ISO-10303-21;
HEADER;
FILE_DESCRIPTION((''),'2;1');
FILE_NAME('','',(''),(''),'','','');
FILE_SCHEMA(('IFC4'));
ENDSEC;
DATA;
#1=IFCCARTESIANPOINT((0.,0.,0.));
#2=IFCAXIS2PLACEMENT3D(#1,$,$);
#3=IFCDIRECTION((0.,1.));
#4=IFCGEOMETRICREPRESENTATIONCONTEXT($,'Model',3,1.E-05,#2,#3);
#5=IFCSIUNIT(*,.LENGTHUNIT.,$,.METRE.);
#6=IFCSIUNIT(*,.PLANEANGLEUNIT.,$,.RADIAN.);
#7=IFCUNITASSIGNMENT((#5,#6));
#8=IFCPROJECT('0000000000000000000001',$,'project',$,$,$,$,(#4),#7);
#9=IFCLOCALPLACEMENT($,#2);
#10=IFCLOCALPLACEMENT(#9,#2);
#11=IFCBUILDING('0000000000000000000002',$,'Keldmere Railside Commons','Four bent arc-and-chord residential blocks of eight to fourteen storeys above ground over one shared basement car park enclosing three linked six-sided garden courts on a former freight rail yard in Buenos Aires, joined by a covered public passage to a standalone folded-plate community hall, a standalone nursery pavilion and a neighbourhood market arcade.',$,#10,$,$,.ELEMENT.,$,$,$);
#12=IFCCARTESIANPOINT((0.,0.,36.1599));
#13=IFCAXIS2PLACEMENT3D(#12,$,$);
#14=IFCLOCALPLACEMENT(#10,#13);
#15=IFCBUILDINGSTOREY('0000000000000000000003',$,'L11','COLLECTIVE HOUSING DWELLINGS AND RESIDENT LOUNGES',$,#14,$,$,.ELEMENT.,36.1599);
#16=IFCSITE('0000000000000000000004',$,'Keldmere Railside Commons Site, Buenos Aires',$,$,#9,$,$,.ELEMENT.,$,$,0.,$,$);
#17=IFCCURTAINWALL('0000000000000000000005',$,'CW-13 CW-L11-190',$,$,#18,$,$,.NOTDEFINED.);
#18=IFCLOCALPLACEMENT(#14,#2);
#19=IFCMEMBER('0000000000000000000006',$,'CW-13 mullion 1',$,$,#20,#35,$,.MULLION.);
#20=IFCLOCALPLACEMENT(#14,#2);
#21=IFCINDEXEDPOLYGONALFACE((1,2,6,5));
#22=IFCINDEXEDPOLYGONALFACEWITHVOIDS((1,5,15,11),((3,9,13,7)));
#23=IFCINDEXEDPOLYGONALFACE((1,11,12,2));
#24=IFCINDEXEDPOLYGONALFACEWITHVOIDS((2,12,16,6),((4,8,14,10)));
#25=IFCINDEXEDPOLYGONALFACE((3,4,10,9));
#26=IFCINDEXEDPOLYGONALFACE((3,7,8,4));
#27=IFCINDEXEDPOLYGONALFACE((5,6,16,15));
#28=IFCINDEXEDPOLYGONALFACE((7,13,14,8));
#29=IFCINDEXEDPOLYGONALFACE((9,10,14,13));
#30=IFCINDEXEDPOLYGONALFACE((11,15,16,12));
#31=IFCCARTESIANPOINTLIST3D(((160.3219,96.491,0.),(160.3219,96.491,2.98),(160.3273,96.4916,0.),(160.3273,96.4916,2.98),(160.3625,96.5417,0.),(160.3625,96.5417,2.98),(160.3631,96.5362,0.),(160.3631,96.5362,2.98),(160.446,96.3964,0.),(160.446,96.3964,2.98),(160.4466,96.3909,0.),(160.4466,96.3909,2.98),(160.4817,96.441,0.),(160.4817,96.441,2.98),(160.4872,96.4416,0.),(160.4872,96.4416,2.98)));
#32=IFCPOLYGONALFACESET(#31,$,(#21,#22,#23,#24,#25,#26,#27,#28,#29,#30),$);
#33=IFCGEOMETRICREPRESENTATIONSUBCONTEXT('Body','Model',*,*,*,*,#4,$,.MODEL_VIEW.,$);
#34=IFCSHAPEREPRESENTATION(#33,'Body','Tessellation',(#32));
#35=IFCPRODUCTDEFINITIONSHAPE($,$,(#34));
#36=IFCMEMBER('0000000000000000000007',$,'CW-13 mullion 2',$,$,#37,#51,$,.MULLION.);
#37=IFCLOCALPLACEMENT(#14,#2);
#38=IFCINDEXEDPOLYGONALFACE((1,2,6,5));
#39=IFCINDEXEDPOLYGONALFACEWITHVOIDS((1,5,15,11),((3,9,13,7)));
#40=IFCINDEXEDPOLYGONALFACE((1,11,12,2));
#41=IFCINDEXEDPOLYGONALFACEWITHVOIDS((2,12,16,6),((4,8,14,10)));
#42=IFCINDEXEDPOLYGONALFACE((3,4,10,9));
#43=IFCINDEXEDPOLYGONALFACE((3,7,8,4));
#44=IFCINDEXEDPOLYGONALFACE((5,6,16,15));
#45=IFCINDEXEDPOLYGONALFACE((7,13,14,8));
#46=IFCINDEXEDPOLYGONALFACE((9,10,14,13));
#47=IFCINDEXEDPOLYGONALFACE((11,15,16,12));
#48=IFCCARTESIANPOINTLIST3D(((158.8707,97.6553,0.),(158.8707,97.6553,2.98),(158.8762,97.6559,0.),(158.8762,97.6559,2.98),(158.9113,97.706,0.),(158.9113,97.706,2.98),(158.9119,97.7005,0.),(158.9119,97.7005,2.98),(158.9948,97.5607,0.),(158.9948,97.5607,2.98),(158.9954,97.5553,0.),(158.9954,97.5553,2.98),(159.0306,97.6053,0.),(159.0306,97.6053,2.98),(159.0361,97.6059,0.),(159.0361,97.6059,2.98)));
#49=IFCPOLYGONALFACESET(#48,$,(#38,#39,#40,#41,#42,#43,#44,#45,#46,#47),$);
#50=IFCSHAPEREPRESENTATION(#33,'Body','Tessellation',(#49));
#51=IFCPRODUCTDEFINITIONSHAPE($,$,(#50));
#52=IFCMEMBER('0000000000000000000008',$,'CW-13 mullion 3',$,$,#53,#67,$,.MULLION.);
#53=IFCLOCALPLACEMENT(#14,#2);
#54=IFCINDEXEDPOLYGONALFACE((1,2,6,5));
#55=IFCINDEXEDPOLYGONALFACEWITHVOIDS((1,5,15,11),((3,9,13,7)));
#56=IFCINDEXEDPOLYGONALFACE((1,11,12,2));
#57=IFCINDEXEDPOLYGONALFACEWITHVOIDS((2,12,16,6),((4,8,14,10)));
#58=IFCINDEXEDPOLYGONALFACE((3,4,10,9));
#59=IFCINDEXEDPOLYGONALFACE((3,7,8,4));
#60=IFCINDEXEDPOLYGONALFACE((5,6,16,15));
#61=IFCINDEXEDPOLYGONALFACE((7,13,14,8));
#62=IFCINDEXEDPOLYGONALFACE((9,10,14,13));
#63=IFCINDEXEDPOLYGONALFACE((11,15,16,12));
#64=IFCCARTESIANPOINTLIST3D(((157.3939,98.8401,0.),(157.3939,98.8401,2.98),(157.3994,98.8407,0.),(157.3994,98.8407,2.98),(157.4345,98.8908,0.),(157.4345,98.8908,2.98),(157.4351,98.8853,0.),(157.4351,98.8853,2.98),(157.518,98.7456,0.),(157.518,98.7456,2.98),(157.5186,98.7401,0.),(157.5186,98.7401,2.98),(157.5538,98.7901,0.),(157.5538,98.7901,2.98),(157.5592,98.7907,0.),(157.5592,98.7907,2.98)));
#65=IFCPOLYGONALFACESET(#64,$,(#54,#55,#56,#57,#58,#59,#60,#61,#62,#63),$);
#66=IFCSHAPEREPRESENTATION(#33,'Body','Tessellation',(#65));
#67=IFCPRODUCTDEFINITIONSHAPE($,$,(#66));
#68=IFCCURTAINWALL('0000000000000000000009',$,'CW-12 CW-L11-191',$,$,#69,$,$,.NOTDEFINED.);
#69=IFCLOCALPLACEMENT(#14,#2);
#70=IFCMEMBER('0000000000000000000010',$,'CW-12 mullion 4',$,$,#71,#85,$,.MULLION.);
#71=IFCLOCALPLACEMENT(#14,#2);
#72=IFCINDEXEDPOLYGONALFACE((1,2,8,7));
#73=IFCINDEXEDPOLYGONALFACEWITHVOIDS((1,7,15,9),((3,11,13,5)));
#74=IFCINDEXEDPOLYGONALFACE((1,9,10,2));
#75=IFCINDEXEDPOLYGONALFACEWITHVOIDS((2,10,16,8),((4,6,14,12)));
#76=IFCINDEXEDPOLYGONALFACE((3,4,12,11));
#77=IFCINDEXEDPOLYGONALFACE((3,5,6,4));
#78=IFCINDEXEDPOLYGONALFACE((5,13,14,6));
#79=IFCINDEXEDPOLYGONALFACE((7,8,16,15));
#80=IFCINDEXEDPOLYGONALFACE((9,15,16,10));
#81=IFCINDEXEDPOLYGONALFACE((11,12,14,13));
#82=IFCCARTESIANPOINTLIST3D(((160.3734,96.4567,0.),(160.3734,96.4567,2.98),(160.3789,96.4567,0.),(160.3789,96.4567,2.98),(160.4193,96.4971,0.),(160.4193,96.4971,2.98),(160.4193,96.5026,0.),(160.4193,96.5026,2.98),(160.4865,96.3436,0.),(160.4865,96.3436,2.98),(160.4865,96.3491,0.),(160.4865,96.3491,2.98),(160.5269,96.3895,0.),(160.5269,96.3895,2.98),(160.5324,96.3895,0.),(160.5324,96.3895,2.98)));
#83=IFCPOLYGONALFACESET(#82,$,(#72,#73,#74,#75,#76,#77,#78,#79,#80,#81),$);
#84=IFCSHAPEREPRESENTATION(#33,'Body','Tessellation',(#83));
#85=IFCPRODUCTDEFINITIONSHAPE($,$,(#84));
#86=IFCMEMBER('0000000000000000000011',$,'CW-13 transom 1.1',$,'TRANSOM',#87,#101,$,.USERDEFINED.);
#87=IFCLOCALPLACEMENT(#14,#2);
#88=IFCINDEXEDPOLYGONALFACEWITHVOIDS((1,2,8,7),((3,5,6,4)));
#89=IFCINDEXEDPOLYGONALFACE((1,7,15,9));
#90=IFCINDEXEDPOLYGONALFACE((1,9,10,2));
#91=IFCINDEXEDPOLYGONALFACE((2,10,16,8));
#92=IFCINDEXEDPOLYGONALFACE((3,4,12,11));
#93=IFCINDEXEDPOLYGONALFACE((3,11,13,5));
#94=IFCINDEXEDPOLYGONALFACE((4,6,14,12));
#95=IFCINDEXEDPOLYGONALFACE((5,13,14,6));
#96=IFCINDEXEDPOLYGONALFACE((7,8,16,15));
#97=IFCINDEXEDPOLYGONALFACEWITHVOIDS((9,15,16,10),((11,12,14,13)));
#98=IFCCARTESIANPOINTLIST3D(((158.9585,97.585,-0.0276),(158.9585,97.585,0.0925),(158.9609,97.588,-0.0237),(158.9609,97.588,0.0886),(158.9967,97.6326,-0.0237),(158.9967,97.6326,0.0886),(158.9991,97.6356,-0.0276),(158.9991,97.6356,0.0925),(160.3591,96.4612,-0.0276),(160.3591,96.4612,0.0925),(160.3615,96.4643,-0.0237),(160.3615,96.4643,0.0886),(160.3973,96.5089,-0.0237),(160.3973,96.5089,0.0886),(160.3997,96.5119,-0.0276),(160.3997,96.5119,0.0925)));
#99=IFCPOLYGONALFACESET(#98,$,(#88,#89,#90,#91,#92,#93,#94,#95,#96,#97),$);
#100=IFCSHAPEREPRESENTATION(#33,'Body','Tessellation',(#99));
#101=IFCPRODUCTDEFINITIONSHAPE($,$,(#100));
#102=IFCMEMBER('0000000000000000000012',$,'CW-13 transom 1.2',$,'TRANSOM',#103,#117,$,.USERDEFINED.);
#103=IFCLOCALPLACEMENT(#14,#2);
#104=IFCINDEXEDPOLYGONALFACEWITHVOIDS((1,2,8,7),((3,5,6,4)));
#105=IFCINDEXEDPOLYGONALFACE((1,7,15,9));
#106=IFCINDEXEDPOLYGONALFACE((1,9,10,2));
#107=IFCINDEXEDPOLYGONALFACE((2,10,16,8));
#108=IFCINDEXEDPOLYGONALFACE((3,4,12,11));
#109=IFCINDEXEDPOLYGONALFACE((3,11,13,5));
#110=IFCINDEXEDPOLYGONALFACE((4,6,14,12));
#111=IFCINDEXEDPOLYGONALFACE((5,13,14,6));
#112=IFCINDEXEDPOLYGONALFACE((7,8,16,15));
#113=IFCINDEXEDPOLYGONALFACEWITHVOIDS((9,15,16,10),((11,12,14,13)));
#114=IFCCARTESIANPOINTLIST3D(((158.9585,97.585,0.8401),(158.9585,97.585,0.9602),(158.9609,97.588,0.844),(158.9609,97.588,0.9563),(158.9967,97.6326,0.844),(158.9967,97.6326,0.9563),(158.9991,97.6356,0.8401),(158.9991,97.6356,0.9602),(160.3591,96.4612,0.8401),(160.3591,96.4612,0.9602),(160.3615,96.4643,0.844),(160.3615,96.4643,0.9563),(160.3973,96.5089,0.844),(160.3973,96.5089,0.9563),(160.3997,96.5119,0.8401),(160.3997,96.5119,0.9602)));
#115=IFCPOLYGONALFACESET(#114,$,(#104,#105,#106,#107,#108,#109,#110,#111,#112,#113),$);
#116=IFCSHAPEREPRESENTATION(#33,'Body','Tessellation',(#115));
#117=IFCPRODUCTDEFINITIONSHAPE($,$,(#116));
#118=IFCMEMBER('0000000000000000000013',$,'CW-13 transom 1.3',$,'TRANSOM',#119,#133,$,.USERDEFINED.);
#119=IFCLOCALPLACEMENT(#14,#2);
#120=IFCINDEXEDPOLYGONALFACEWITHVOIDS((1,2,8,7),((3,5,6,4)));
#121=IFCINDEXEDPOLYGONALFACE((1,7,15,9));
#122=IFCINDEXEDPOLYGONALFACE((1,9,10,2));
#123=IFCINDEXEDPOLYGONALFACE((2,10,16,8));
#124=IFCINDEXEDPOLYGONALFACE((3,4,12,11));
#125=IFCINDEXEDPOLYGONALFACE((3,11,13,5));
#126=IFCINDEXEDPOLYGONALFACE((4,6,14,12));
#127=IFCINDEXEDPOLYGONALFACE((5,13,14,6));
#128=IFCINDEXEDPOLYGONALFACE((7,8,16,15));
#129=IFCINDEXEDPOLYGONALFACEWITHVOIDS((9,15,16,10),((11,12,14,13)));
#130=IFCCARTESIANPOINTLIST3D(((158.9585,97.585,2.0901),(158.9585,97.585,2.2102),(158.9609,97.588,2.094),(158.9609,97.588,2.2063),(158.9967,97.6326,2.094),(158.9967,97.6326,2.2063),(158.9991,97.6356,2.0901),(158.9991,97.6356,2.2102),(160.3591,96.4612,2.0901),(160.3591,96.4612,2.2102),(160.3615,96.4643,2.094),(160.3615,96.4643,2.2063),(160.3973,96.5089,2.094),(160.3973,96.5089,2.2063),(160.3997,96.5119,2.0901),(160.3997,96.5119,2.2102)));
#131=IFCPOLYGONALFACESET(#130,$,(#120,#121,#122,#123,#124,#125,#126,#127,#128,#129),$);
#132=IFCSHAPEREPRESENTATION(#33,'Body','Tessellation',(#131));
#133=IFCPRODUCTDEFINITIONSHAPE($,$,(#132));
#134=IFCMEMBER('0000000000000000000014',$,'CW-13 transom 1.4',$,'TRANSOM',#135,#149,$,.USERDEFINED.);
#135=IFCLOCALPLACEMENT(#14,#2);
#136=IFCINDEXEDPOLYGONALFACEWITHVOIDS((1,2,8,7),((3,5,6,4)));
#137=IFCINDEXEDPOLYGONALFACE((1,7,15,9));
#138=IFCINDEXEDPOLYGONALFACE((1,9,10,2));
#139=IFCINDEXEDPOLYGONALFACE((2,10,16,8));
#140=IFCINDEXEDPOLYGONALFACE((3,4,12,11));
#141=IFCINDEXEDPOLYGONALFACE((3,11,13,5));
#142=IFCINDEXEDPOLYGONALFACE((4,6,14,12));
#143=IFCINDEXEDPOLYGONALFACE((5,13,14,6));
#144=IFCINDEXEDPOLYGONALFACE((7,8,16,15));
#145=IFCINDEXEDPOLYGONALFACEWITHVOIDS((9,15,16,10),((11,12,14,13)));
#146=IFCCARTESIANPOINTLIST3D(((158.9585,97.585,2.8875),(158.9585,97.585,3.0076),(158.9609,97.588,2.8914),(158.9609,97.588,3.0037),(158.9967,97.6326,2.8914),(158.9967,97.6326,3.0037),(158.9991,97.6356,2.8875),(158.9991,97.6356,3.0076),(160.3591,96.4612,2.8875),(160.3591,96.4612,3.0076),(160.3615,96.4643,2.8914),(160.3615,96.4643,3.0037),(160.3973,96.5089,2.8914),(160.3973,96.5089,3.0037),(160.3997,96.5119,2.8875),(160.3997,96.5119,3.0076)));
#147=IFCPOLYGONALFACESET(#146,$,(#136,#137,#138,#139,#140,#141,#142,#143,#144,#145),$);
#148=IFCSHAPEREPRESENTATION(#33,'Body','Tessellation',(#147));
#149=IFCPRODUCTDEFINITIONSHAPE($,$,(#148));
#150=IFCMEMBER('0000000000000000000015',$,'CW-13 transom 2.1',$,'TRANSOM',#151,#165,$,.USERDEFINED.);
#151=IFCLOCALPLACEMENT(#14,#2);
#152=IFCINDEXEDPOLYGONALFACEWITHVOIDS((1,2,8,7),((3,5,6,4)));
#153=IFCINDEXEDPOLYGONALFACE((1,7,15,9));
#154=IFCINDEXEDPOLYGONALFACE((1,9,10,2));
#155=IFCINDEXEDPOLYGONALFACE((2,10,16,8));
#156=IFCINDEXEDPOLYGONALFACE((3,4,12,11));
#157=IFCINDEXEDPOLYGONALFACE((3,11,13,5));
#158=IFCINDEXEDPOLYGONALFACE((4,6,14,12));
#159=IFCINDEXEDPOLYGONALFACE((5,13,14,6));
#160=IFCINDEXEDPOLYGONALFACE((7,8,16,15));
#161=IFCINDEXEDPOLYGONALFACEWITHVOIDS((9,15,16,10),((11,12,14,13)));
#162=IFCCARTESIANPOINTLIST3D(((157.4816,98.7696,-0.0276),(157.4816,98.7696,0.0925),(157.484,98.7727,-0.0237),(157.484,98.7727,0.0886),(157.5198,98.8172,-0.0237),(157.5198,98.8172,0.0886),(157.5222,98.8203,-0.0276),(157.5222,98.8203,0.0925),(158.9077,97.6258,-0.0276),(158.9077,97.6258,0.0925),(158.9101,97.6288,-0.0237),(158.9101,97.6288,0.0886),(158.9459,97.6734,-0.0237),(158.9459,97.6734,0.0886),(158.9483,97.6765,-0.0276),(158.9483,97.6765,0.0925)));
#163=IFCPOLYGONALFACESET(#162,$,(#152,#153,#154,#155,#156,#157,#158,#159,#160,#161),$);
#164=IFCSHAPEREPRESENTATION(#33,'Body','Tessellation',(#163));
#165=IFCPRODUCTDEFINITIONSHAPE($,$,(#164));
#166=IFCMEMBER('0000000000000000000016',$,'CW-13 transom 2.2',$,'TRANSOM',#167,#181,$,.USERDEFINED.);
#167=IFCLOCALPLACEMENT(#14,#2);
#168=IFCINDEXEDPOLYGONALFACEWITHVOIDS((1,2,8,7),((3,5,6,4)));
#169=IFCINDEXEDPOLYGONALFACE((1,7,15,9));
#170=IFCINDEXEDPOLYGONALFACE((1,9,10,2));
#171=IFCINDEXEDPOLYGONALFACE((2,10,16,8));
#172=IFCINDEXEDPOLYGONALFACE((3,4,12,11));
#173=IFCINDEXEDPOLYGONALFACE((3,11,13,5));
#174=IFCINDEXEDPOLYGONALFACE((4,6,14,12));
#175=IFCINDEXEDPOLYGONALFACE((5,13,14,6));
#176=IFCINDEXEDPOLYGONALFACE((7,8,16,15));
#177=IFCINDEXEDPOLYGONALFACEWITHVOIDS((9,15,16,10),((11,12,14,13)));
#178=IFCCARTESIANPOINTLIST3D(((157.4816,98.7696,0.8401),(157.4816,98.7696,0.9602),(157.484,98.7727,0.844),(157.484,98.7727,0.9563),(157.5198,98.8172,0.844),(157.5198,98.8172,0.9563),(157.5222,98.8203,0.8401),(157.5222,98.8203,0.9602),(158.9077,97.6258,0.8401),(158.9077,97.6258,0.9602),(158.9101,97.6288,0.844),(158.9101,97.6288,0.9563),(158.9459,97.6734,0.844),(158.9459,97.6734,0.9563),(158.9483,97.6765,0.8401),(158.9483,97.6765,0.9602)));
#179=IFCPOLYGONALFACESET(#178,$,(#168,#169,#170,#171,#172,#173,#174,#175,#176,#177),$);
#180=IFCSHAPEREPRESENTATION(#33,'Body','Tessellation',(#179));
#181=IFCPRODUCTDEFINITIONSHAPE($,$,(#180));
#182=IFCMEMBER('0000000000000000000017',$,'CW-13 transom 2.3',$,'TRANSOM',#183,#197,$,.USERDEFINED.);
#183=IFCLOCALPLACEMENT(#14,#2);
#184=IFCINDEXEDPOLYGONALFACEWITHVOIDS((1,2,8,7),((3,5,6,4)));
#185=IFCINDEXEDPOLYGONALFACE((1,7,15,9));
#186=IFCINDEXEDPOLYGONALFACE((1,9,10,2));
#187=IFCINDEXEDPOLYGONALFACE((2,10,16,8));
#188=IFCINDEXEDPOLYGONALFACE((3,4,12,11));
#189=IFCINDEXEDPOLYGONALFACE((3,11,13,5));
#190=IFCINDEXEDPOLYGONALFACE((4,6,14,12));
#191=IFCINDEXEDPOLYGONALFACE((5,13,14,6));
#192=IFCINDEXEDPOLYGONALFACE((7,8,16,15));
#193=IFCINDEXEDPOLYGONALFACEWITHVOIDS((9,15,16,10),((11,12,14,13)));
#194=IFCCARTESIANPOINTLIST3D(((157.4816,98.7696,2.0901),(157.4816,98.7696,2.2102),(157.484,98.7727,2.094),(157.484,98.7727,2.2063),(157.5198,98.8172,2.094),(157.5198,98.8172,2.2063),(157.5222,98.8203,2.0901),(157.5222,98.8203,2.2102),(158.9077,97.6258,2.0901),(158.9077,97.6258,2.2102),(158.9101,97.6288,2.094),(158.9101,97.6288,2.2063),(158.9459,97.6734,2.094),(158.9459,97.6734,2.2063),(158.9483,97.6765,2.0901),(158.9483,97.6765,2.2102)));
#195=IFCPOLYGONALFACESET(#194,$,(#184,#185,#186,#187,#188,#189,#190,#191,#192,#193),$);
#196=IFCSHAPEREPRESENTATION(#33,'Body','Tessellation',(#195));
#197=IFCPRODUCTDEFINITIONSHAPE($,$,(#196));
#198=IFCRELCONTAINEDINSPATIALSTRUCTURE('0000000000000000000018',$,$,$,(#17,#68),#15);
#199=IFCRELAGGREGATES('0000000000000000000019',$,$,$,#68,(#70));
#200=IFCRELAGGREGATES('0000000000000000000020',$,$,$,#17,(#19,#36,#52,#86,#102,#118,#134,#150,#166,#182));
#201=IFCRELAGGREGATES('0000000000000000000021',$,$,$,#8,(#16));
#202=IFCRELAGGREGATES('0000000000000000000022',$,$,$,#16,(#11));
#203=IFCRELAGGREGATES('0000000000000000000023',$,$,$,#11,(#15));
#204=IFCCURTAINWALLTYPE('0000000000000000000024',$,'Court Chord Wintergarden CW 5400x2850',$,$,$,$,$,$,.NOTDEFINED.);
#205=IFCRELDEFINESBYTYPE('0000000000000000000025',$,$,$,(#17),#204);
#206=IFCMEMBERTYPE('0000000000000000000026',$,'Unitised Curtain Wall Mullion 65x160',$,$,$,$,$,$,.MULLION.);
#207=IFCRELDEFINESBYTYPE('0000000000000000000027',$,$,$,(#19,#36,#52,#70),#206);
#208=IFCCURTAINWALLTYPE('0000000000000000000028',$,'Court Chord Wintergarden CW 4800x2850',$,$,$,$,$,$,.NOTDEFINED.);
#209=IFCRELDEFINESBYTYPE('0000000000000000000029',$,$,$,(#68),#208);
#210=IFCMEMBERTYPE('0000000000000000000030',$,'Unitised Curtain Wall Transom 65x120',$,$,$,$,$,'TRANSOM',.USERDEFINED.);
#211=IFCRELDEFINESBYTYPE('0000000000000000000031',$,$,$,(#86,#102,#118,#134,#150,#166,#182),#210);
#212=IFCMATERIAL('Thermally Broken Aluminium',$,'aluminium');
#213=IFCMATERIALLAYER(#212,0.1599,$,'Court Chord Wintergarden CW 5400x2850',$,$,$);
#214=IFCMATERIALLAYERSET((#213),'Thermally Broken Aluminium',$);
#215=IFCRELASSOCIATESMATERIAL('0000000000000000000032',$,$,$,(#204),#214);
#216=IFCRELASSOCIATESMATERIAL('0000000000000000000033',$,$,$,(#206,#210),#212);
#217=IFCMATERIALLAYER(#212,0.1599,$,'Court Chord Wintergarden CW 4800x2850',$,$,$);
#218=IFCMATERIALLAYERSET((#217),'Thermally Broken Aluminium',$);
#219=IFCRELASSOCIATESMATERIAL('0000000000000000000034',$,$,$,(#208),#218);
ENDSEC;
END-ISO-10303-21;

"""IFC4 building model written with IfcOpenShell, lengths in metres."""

from ifc_helpers import new_model, si_unit, direction, frame, origin, origin_2d, place, context, subcontext, project, spatial, hollow_rectangle, extrude, material, layer, layer_set, material_profile, profile_set, type_object, element, aggregate, save


model = new_model("IFC4")

# Units and contexts
model_context = context("Model", 3, precision=1e-05, world=origin(), true_north=direction((0.0, 1.0)))
body_context = subcontext(model_context, "Body", "Model", "MODEL_VIEW")
ifc_project = project(units=[si_unit("LENGTHUNIT", "METRE"), si_unit("PLANEANGLEUNIT", "RADIAN")], contexts=[model_context])

# Site, building, storey
site_placement = place(None, origin())
site = spatial("IfcSite", under=ifc_project, at=site_placement, Name="Keldmere Railside Commons Site, Buenos Aires", CompositionType="ELEMENT", RefElevation=0.0)
building_placement = place(site_placement, origin())
building = spatial("IfcBuilding", under=site, at=building_placement, Name="Keldmere Railside Commons", Description="Four bent arc-and-chord residential blocks of eight to fourteen storeys above ground over one shared basement car park enclosing three linked six-sided garden courts on a former freight rail yard in Buenos Aires, joined by a covered public passage to a standalone folded-plate community hall, a standalone nursery pavilion and a neighbourhood market arcade.", CompositionType="ELEMENT")
storey_placement = place(building_placement, frame((0.0, 0.0, 36.1599)))
storey = spatial("IfcBuildingStorey", under=building, at=storey_placement, Name="L11", Description="COLLECTIVE HOUSING DWELLINGS AND RESIDENT LOUNGES", CompositionType="ELEMENT", Elevation=36.1599)

# Curtain wall, members
ifc_material_1 = material(Name="Thermally Broken Aluminium", Category="aluminium")
ifc_layer_1 = layer(ifc_material_1, 0.1599, Name="Court Chord Wintergarden CW 5400x2850")
ifc_layer_set_1 = layer_set([ifc_layer_1], Name="Thermally Broken Aluminium")
curtain_wall_type_1 = type_object("IfcCurtainWallType", Name="Court Chord Wintergarden CW 5400x2850", PredefinedType="NOTDEFINED", material=ifc_layer_set_1)
curtain_wall_1_placement = place(storey_placement, origin())
curtain_wall_1 = element("IfcCurtainWall", 1, at=curtain_wall_1_placement, inside=storey, type_object=curtain_wall_type_1, Name="CW-13 CW-L11-190", PredefinedType="NOTDEFINED")
ifc_material_profile_1 = material_profile(ifc_material_1, hollow_rectangle(XDim=0.0649, YDim=0.1599, WallThickness=0.0039, at=origin_2d()), Name="ALU-MULL-65x160")
ifc_profile_set_1 = profile_set([ifc_material_profile_1], Name="Thermally Broken Aluminium")
member_type_1 = type_object("IfcMemberType", Name="Unitised Curtain Wall Mullion 65x160", PredefinedType="MULLION", material=ifc_profile_set_1)
member_1_placement = place(storey_placement, frame((160.4045, 96.4663, 0.0), z_axis=(0.0, 0.0, 1.0), x_axis=(-0.625768, -0.780009, 0.0)))
member_1 = element("IfcMember", 2, at=member_1_placement, type_object=member_type_1, Name="CW-13 mullion 1", PredefinedType="MULLION", context=body_context, shape_type="SweptSolid", body=[
    extrude(hollow_rectangle(XDim=0.0649, YDim=0.1599, WallThickness=0.0039, at=origin_2d()), origin(), (0.0, 0.0, 1.0), 2.98),
])
member_2_placement = place(storey_placement, frame((158.9534, 97.6306, 0.0), z_axis=(0.0, 0.0, 1.0), x_axis=(-0.625768, -0.780009, 0.0)))
member_2 = element("IfcMember", 3, at=member_2_placement, type_object=member_type_1, Name="CW-13 mullion 2", PredefinedType="MULLION", context=body_context, shape_type="SweptSolid", body=[
    extrude(hollow_rectangle(XDim=0.0649, YDim=0.1599, WallThickness=0.0039, at=origin_2d()), origin(), (0.0, 0.0, 1.0), 2.98),
])
member_3_placement = place(storey_placement, frame((157.4766, 98.8154, 0.0), z_axis=(0.0, 0.0, 1.0), x_axis=(-0.625768, -0.780009, 0.0)))
member_3 = element("IfcMember", 4, at=member_3_placement, type_object=member_type_1, Name="CW-13 mullion 3", PredefinedType="MULLION", context=body_context, shape_type="SweptSolid", body=[
    extrude(hollow_rectangle(XDim=0.0649, YDim=0.1599, WallThickness=0.0039, at=origin_2d()), origin(), (0.0, 0.0, 1.0), 2.98),
])

# Curtain wall, member
ifc_layer_2 = layer(ifc_material_1, 0.1599, Name="Court Chord Wintergarden CW 4800x2850")
ifc_layer_set_2 = layer_set([ifc_layer_2], Name="Thermally Broken Aluminium")
curtain_wall_type_2 = type_object("IfcCurtainWallType", Name="Court Chord Wintergarden CW 4800x2850", PredefinedType="NOTDEFINED", material=ifc_layer_set_2)
curtain_wall_2_placement = place(storey_placement, origin())
curtain_wall_2 = element("IfcCurtainWall", 5, at=curtain_wall_2_placement, inside=storey, type_object=curtain_wall_type_2, Name="CW-12 CW-L11-191", PredefinedType="NOTDEFINED")
member_4_placement = place(storey_placement, frame((160.4529, 96.4231, 0.0), z_axis=(0.0, 0.0, 1.0), x_axis=(-0.707107, -0.707107, 0.0)))
member_4 = element("IfcMember", 6, at=member_4_placement, type_object=member_type_1, Name="CW-12 mullion 4", PredefinedType="MULLION", context=body_context, shape_type="SweptSolid", body=[
    extrude(hollow_rectangle(XDim=0.0649, YDim=0.1599, WallThickness=0.0039, at=origin_2d()), origin(), (0.0, 0.0, 1.0), 2.98),
])
aggregate(curtain_wall_2, [member_4])

# Members
ifc_material_profile_2 = material_profile(ifc_material_1, hollow_rectangle(XDim=0.0649, YDim=0.1201, WallThickness=0.0039, at=origin_2d()), Name="ALU-TRAN-65x120")
ifc_profile_set_2 = profile_set([ifc_material_profile_2], Name="Thermally Broken Aluminium")
member_type_2 = type_object("IfcMemberType", Name="Unitised Curtain Wall Transom 65x120", ElementType="TRANSOM", PredefinedType="USERDEFINED", material=ifc_profile_set_2)
member_5_placement = place(storey_placement, frame((160.3794, 96.4866, 0.0325), z_axis=(-0.779979, 0.625805, 0.0), x_axis=(-0.625805, -0.779979, 0.0)))
member_5 = element("IfcMember", 7, at=member_5_placement, type_object=member_type_2, Name="CW-13 transom 1.1", ObjectType="TRANSOM", PredefinedType="USERDEFINED", context=body_context, shape_type="SweptSolid", body=[
    extrude(hollow_rectangle(XDim=0.0649, YDim=0.1201, WallThickness=0.0039, at=origin_2d()), origin(), (0.0, 0.0, 1.0), 1.7957),
])
member_6_placement = place(storey_placement, frame((160.3794, 96.4866, 0.9001), z_axis=(-0.779979, 0.625805, 0.0), x_axis=(-0.625805, -0.779979, 0.0)))
member_6 = element("IfcMember", 8, at=member_6_placement, type_object=member_type_2, Name="CW-13 transom 1.2", ObjectType="TRANSOM", PredefinedType="USERDEFINED", context=body_context, shape_type="SweptSolid", body=[
    extrude(hollow_rectangle(XDim=0.0649, YDim=0.1201, WallThickness=0.0039, at=origin_2d()), origin(), (0.0, 0.0, 1.0), 1.7957),
])
member_7_placement = place(storey_placement, frame((160.3794, 96.4866, 2.1501), z_axis=(-0.779979, 0.625805, 0.0), x_axis=(-0.625805, -0.779979, 0.0)))
member_7 = element("IfcMember", 9, at=member_7_placement, type_object=member_type_2, Name="CW-13 transom 1.3", ObjectType="TRANSOM", PredefinedType="USERDEFINED", context=body_context, shape_type="SweptSolid", body=[
    extrude(hollow_rectangle(XDim=0.0649, YDim=0.1201, WallThickness=0.0039, at=origin_2d()), origin(), (0.0, 0.0, 1.0), 1.7957),
])
member_8_placement = place(storey_placement, frame((160.3794, 96.4866, 2.9475), z_axis=(-0.779979, 0.625805, 0.0), x_axis=(-0.625805, -0.779979, 0.0)))
member_8 = element("IfcMember", 10, at=member_8_placement, type_object=member_type_2, Name="CW-13 transom 1.4", ObjectType="TRANSOM", PredefinedType="USERDEFINED", context=body_context, shape_type="SweptSolid", body=[
    extrude(hollow_rectangle(XDim=0.0649, YDim=0.1201, WallThickness=0.0039, at=origin_2d()), origin(), (0.0, 0.0, 1.0), 1.7957),
])
member_9_placement = place(storey_placement, frame((158.928, 97.6511, 0.0325), z_axis=(-0.780073, 0.625688, 0.0), x_axis=(-0.625688, -0.780073, 0.0)))
member_9 = element("IfcMember", 11, at=member_9_placement, type_object=member_type_2, Name="CW-13 transom 2.1", ObjectType="TRANSOM", PredefinedType="USERDEFINED", context=body_context, shape_type="SweptSolid", body=[
    extrude(hollow_rectangle(XDim=0.0649, YDim=0.1201, WallThickness=0.0039, at=origin_2d()), origin(), (0.0, 0.0, 1.0), 1.8281),
])
member_10_placement = place(storey_placement, frame((158.928, 97.6511, 0.9001), z_axis=(-0.780073, 0.625688, 0.0), x_axis=(-0.625688, -0.780073, 0.0)))
member_10 = element("IfcMember", 12, at=member_10_placement, type_object=member_type_2, Name="CW-13 transom 2.2", ObjectType="TRANSOM", PredefinedType="USERDEFINED", context=body_context, shape_type="SweptSolid", body=[
    extrude(hollow_rectangle(XDim=0.0649, YDim=0.1201, WallThickness=0.0039, at=origin_2d()), origin(), (0.0, 0.0, 1.0), 1.8281),
])
member_11_placement = place(storey_placement, frame((158.928, 97.6511, 2.1501), z_axis=(-0.780073, 0.625688, 0.0), x_axis=(-0.625688, -0.780073, 0.0)))
member_11 = element("IfcMember", 13, at=member_11_placement, type_object=member_type_2, Name="CW-13 transom 2.3", ObjectType="TRANSOM", PredefinedType="USERDEFINED", context=body_context, shape_type="SweptSolid", body=[
    extrude(hollow_rectangle(XDim=0.0649, YDim=0.1201, WallThickness=0.0039, at=origin_2d()), origin(), (0.0, 0.0, 1.0), 1.8281),
])

aggregate(curtain_wall_1, [member_1, member_2, member_3, member_5, member_6, member_7, member_8, member_9, member_10, member_11])

save(model, "model.ifc")
